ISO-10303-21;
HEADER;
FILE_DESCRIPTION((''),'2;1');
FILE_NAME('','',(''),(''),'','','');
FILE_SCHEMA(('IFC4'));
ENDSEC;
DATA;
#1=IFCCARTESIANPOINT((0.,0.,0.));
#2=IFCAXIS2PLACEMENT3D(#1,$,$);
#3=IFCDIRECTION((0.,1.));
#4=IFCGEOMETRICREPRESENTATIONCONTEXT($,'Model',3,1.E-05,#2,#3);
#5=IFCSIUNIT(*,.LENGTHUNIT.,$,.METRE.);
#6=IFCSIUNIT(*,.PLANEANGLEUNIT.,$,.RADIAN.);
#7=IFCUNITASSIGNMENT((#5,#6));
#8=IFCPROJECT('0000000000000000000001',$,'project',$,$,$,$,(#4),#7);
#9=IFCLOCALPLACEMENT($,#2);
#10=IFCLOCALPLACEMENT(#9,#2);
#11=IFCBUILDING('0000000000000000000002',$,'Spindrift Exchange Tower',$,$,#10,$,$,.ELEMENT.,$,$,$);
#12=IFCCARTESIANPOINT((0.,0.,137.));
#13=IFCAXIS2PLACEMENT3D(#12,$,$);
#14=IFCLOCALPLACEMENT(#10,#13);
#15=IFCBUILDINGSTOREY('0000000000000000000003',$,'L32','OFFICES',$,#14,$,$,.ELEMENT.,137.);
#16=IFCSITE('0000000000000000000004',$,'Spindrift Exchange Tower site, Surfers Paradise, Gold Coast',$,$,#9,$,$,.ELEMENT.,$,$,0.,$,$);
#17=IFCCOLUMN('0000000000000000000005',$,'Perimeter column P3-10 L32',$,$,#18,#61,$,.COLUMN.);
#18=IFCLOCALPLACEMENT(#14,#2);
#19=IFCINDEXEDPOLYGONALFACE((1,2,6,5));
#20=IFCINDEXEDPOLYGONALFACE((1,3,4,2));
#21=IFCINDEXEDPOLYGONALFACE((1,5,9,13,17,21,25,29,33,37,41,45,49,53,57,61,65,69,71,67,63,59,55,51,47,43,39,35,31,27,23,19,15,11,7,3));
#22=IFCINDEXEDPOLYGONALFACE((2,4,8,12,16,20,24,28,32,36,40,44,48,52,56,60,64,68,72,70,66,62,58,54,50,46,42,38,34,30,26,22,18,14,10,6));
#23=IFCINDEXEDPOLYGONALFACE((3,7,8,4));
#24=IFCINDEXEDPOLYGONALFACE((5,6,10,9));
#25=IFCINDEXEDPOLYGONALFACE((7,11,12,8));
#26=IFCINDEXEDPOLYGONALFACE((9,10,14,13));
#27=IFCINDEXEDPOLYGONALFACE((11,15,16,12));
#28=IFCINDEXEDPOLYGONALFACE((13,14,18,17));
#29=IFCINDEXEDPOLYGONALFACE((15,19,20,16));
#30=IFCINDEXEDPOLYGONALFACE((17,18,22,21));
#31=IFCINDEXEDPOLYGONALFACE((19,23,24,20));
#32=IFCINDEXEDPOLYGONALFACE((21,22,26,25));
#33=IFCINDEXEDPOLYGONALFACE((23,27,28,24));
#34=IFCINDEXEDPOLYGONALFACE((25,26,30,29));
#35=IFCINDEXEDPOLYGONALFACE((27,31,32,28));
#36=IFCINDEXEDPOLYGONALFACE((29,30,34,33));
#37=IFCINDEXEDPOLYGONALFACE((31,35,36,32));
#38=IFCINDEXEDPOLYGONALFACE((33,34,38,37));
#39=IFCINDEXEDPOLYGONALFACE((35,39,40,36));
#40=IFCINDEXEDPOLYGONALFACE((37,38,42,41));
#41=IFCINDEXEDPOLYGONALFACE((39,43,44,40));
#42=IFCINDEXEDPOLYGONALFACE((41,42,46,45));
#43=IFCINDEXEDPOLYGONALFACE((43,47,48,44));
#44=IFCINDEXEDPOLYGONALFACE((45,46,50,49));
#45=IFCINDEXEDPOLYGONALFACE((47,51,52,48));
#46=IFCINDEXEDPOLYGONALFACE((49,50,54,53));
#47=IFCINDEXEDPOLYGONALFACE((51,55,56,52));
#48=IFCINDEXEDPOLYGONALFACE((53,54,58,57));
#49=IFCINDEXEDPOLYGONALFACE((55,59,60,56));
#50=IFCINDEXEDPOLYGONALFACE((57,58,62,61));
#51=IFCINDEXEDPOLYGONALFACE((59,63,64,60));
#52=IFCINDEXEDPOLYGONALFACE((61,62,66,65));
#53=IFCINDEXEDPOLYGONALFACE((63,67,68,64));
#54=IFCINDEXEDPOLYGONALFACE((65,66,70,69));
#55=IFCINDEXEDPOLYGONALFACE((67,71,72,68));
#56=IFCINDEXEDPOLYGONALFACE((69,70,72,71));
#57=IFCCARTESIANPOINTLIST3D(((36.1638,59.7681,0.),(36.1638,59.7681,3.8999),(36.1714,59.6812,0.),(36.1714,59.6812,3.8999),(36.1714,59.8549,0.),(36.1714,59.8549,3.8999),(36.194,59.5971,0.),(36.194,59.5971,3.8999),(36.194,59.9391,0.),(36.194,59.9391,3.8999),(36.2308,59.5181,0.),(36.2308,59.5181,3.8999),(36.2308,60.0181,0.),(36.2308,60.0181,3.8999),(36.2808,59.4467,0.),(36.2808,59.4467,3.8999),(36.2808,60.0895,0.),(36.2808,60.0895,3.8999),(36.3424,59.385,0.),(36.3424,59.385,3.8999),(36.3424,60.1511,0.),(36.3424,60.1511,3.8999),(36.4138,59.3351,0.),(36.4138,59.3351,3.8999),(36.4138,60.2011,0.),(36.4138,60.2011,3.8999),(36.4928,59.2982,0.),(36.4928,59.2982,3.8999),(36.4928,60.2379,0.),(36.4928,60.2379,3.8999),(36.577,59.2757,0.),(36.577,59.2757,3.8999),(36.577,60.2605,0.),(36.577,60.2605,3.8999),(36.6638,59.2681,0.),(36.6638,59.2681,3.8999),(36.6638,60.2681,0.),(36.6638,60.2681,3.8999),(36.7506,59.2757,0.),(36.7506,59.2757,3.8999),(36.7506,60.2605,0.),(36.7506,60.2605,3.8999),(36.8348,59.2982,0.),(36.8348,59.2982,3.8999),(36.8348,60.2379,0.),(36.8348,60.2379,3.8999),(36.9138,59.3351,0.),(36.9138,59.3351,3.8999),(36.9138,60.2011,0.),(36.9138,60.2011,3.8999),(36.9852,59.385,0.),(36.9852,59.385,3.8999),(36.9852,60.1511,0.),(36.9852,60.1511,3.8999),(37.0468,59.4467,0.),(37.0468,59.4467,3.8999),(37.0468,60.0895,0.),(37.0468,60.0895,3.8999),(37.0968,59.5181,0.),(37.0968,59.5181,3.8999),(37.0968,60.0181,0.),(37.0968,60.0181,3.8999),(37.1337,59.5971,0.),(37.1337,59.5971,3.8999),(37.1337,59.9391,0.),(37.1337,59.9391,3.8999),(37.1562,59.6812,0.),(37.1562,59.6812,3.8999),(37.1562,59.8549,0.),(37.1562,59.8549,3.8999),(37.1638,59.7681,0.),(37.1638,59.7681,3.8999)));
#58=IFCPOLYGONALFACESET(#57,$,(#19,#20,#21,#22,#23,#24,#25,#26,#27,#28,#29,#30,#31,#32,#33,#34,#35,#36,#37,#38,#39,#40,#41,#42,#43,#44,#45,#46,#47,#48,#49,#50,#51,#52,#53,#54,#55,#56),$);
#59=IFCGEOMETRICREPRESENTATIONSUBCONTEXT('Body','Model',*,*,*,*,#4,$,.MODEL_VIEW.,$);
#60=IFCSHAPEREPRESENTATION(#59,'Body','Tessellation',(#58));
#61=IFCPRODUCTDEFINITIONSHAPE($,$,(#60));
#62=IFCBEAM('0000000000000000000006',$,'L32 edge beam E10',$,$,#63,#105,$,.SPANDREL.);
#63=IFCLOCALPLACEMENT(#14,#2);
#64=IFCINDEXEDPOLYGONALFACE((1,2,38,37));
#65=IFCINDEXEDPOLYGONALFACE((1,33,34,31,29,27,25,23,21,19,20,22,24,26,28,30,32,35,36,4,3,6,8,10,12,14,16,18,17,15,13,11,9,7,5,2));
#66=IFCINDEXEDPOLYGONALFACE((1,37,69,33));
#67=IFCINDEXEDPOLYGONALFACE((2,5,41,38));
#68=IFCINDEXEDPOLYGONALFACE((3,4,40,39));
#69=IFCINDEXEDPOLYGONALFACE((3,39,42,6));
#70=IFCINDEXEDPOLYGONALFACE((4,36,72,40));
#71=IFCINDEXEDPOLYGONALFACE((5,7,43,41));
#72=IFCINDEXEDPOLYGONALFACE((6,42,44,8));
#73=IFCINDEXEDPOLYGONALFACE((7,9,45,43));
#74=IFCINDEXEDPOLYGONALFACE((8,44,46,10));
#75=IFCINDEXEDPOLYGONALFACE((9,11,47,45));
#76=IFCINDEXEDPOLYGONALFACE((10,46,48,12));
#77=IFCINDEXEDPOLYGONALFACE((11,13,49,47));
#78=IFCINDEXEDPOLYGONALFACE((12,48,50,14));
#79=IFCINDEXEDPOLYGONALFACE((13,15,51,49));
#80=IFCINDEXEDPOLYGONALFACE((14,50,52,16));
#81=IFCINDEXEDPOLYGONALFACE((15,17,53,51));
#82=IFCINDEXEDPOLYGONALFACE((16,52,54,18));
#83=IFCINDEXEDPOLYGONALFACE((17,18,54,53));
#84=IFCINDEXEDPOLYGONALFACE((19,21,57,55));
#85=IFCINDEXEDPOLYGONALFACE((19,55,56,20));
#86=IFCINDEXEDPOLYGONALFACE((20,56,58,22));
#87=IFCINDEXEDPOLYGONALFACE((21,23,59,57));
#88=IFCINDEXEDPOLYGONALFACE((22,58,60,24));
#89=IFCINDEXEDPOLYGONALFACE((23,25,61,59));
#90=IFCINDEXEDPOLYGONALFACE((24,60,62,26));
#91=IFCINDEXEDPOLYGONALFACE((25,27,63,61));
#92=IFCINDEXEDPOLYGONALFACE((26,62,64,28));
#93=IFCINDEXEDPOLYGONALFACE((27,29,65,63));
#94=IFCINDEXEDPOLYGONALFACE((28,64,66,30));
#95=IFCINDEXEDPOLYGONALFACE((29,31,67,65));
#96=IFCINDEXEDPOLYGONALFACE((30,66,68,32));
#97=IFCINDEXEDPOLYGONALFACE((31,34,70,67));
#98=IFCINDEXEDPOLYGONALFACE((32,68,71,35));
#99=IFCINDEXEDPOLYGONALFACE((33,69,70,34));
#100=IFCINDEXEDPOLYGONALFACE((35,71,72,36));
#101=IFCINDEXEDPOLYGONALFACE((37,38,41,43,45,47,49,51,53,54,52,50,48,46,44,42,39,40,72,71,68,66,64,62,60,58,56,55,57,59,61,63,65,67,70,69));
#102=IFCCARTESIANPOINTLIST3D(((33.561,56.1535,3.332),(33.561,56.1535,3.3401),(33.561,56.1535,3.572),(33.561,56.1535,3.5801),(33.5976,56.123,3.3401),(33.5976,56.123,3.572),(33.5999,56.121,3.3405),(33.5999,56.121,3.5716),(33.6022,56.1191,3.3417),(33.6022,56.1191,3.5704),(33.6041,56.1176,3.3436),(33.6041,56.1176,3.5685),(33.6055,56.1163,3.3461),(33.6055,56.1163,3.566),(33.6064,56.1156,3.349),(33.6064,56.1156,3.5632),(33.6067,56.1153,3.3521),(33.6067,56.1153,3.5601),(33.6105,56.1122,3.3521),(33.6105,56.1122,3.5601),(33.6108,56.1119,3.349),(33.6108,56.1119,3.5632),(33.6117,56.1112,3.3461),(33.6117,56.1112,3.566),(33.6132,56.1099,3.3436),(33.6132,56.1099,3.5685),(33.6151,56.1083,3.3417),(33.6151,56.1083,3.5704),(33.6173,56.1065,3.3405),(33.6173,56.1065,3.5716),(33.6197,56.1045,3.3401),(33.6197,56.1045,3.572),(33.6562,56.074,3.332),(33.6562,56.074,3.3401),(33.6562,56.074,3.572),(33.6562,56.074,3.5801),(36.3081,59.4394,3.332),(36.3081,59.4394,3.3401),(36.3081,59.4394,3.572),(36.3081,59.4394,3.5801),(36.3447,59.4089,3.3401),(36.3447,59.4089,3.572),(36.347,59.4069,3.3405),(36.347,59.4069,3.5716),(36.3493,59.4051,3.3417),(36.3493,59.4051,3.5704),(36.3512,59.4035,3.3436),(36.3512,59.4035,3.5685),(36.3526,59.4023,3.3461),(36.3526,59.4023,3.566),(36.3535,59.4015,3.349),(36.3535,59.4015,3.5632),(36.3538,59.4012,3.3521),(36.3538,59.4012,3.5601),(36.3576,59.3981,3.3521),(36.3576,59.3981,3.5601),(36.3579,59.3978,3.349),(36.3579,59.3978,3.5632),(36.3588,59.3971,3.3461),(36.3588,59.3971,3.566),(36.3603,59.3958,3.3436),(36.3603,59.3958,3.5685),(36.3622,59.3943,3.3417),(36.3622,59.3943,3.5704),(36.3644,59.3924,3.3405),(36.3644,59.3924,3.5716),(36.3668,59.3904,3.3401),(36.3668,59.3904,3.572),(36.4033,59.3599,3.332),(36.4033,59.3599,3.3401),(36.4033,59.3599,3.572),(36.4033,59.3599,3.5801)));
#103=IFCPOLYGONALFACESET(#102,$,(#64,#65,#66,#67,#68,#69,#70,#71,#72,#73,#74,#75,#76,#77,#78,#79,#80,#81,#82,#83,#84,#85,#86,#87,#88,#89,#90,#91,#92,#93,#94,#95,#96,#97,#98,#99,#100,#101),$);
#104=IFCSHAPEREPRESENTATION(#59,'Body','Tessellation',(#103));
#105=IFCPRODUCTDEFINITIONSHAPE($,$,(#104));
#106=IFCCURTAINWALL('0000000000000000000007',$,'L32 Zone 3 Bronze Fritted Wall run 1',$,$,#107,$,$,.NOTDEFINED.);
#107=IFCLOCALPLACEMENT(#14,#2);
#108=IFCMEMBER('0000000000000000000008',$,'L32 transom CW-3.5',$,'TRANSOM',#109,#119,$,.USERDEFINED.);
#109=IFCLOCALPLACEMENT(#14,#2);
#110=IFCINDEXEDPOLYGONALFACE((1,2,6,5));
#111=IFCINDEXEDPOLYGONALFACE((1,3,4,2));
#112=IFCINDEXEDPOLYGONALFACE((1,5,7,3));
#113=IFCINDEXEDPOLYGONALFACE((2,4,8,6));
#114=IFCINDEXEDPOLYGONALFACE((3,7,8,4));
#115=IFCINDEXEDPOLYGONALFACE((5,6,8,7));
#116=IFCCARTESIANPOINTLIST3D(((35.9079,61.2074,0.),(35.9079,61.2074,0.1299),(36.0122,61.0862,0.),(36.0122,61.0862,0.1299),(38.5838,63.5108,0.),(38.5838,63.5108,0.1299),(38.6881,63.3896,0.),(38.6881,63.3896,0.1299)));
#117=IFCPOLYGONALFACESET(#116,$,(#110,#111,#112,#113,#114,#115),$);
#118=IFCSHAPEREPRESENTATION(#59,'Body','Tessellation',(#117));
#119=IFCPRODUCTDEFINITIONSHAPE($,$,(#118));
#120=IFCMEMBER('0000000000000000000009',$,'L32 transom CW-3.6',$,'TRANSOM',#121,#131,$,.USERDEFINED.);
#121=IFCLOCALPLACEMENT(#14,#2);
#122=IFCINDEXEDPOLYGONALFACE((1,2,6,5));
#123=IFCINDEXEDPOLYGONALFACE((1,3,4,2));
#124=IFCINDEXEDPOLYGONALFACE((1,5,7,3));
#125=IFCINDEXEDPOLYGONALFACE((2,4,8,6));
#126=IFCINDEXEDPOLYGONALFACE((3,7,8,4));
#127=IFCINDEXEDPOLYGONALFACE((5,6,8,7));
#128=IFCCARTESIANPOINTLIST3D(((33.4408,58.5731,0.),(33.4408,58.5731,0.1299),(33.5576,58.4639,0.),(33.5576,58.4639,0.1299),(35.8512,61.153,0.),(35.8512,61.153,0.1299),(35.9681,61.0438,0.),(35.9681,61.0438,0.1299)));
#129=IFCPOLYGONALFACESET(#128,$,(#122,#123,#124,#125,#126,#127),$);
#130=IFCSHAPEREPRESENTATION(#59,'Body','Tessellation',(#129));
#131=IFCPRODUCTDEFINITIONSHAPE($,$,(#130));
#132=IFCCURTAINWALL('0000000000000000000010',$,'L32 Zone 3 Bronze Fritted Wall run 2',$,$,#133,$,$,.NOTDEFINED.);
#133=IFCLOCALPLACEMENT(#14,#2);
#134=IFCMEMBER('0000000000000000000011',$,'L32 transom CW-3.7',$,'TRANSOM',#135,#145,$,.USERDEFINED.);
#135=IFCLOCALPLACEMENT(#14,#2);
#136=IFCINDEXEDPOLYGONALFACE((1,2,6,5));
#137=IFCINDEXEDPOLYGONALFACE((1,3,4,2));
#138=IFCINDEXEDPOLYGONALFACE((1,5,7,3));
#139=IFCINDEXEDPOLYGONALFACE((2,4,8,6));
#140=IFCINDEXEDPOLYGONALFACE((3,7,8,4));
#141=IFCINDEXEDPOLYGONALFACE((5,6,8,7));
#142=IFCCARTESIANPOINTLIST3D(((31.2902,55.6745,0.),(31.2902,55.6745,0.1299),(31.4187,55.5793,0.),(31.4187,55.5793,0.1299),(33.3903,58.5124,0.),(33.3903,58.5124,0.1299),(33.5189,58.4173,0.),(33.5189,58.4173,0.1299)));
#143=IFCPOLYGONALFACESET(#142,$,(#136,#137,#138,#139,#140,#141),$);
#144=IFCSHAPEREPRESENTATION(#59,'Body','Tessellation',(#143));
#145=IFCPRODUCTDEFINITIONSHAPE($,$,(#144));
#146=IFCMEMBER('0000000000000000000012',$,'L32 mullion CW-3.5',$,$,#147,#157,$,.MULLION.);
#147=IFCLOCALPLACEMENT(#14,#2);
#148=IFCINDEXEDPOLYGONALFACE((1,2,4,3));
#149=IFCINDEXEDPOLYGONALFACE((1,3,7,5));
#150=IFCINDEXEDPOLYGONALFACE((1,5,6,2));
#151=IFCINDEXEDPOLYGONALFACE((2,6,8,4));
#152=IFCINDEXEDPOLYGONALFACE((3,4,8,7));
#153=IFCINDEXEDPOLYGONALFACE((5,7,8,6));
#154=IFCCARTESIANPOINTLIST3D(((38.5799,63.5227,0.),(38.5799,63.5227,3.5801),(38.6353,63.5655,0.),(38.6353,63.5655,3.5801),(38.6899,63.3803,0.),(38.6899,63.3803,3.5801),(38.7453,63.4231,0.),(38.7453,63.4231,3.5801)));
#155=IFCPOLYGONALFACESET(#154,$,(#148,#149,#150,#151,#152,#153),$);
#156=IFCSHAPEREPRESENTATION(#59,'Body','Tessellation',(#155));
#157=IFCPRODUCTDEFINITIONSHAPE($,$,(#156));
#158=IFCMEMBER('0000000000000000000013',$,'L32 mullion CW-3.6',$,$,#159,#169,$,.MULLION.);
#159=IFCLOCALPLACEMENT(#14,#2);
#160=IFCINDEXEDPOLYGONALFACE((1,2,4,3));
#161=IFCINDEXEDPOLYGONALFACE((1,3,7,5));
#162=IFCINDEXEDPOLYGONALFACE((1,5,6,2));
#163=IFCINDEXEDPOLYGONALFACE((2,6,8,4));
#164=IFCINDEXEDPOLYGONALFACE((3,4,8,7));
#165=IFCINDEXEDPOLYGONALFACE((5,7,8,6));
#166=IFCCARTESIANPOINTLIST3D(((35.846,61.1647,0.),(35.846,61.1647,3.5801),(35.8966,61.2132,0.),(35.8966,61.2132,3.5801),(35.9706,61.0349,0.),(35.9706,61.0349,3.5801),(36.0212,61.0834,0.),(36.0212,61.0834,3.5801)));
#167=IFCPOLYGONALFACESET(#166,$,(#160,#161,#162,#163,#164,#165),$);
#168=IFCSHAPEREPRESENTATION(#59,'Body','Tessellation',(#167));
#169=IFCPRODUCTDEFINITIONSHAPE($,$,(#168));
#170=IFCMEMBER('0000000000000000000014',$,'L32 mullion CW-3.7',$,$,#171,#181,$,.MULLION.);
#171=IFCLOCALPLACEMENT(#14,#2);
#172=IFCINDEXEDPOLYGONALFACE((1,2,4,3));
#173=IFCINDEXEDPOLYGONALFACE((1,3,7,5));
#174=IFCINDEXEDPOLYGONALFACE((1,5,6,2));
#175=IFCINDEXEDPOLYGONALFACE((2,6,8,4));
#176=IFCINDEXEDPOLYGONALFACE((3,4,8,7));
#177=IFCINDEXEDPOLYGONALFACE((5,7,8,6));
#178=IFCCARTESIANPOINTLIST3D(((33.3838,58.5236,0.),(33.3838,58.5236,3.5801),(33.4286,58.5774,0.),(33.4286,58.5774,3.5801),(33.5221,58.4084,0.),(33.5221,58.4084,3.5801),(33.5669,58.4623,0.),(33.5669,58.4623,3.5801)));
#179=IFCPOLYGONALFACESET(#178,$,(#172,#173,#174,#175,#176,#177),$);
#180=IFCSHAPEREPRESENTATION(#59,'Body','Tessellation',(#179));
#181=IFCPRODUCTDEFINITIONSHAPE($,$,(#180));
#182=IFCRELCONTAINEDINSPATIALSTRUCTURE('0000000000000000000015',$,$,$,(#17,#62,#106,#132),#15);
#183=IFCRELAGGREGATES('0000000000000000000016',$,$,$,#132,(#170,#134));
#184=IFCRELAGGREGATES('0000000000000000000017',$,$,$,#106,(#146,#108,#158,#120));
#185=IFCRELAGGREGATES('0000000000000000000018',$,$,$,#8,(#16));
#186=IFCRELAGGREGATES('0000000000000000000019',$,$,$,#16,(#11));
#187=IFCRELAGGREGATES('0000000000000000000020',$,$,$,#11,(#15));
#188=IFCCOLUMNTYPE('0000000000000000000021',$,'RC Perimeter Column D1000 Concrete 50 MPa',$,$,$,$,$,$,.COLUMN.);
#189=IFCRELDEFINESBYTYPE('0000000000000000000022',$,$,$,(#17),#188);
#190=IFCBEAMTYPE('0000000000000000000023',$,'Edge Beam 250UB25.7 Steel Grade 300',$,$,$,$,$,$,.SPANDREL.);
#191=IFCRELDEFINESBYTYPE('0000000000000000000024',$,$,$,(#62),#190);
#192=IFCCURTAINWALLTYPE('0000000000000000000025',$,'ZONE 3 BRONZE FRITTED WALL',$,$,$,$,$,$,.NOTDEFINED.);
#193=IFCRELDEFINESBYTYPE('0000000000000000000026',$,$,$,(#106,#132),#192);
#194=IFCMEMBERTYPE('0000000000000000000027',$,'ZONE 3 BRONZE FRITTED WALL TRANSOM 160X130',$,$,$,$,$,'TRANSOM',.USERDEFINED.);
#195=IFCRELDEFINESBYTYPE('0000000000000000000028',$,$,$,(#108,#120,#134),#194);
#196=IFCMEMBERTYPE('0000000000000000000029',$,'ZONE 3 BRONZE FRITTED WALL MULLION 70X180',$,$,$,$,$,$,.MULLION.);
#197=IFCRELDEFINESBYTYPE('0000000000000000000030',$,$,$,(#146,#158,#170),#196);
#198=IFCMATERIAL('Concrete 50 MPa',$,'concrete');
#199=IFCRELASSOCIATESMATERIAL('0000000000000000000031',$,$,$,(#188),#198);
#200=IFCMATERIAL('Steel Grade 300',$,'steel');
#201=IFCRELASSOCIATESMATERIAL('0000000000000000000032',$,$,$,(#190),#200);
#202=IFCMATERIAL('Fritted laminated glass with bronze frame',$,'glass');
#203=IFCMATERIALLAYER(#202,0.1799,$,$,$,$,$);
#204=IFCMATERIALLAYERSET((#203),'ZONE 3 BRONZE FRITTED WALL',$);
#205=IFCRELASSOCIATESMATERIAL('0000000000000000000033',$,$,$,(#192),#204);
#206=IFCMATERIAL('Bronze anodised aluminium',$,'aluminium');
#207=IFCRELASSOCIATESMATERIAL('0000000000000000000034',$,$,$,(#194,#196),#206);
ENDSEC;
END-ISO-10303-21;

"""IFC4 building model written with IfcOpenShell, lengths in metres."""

from ifc_helpers import new_model, si_unit, direction, frame, origin, origin_2d, place, context, subcontext, project, spatial, rectangle, circle, i_section, extrude, source, transform, mapped, material, layer, layer_set, material_profile, profile_set, type_object, element, aggregate, save


model = new_model("IFC4")

# Units and contexts
model_context = context("Model", 3, precision=1e-05, world=origin(), true_north=direction((0.0, 1.0)))
body_context = subcontext(model_context, "Body", "Model", "MODEL_VIEW")
ifc_project = project(units=[si_unit("LENGTHUNIT", "METRE"), si_unit("PLANEANGLEUNIT", "RADIAN")], contexts=[model_context])

# Site, building, storey
site_placement = place(None, origin())
site = spatial("IfcSite", under=ifc_project, at=site_placement, Name="Spindrift Exchange Tower site, Surfers Paradise, Gold Coast", CompositionType="ELEMENT", RefElevation=0.0)
building_placement = place(site_placement, origin())
building = spatial("IfcBuilding", under=site, at=building_placement, Name="Spindrift Exchange Tower", CompositionType="ELEMENT")
storey_placement = place(building_placement, frame((0.0, 0.0, 137.0)))
storey = spatial("IfcBuildingStorey", under=building, at=storey_placement, Name="L32", Description="OFFICES", CompositionType="ELEMENT", Elevation=137.0)

# Column
ifc_material_1 = material(Name="Concrete 50 MPa", Category="concrete")
ifc_material_profile_1 = material_profile(ifc_material_1, circle(Radius=0.5, at=origin_2d()), Name="RC D1000")
ifc_profile_set_1 = profile_set([ifc_material_profile_1], Name="Concrete 50 MPa")
column_type = type_object("IfcColumnType", Name="RC Perimeter Column D1000 Concrete 50 MPa", PredefinedType="COLUMN", material=ifc_profile_set_1)
shared_shape_1 = source(origin(), body_context, "Body", "SweptSolid", [
    extrude(circle(Radius=0.5, at=origin_2d()), origin(), (0.0, 0.0, 1.0), 3.8999),
])
column_placement = place(storey_placement, frame((36.6638, 59.7681, 0.0), z_axis=(0.0, 0.0, 1.0), x_axis=(1.0, 0.0, 0.0)))
element("IfcColumn", 1, at=column_placement, inside=storey, type_object=column_type, Name="Perimeter column P3-10 L32", PredefinedType="COLUMN", context=body_context, shape_type="MappedRepresentation", body=[
    mapped(shared_shape_1, transform((0.0, 0.0, 0.0), scale=1.0)),
])

# Beam
ifc_material_2 = material(Name="Steel Grade 300", Category="steel")
ifc_material_profile_2 = material_profile(ifc_material_2, i_section(OverallWidth=0.124, OverallDepth=0.248, WebThickness=0.0049, FlangeThickness=0.0081, FilletRadius=0.012, at=origin_2d()), Name="250UB25.7")
ifc_profile_set_2 = profile_set([ifc_material_profile_2], Name="Steel Grade 300")
beam_type = type_object("IfcBeamType", Name="Edge Beam 250UB25.7 Steel Grade 300", PredefinedType="SPANDREL", material=ifc_profile_set_2)
shared_shape_2 = source(origin(), body_context, "Body", "SweptSolid", [
    extrude(i_section(OverallWidth=0.124, OverallDepth=0.248, WebThickness=0.0049, FlangeThickness=0.0081, FilletRadius=0.012, at=origin_2d()), origin(), (0.0, 0.0, 1.0), 4.283),
])
beam_placement = place(storey_placement, frame((36.3557, 59.3997, 3.4561), z_axis=(-0.6414, -0.767206, 0.0), x_axis=(0.767206, -0.6414, 0.0)))
element("IfcBeam", 2, at=beam_placement, inside=storey, type_object=beam_type, Name="L32 edge beam E10", PredefinedType="SPANDREL", context=body_context, shape_type="MappedRepresentation", body=[
    mapped(shared_shape_2, transform((0.0, 0.0, 0.0), scale=1.0)),
])

# Curtain wall, members
ifc_material_3 = material(Name="Fritted laminated glass with bronze frame", Category="glass")
ifc_layer_1 = layer(ifc_material_3, 0.1799)
ifc_layer_set_1 = layer_set([ifc_layer_1], Name="ZONE 3 BRONZE FRITTED WALL")
curtain_wall_type = type_object("IfcCurtainWallType", Name="ZONE 3 BRONZE FRITTED WALL", PredefinedType="NOTDEFINED", material=ifc_layer_set_1)
curtain_wall_1_placement = place(storey_placement, origin())
curtain_wall_1 = element("IfcCurtainWall", 3, at=curtain_wall_1_placement, inside=storey, type_object=curtain_wall_type, Name="L32 Zone 3 Bronze Fritted Wall run 1", PredefinedType="NOTDEFINED")
ifc_material_4 = material(Name="Bronze anodised aluminium", Category="aluminium")
ifc_material_profile_3 = material_profile(ifc_material_4, rectangle(XDim=0.1599, YDim=0.1299, at=origin_2d()), Name="ZONE 3 BRONZE FRITTED WALL TRANSOM 160X130")
ifc_profile_set_3 = profile_set([ifc_material_profile_3], Name="Bronze anodised aluminium")
member_type_1 = type_object("IfcMemberType", Name="ZONE 3 BRONZE FRITTED WALL TRANSOM 160X130", ElementType="TRANSOM", PredefinedType="USERDEFINED", material=ifc_profile_set_3)
shared_shape_3 = source(origin(), body_context, "Body", "SweptSolid", [
    extrude(rectangle(XDim=0.1599, YDim=0.1299, at=origin_2d()), origin(), (0.0, 0.0, 1.0), 3.5308),
])
member_1_placement = place(storey_placement, frame((38.636, 63.4502, 0.0649), z_axis=(-0.757893, -0.652379, 0.0), x_axis=(0.652379, -0.757893, 0.0)))
member_1 = element("IfcMember", 4, at=member_1_placement, type_object=member_type_1, Name="L32 transom CW-3.5", ObjectType="TRANSOM", PredefinedType="USERDEFINED", context=body_context, shape_type="MappedRepresentation", body=[
    mapped(shared_shape_3, transform((0.0, 0.0, 0.0), scale=1.0)),
])
member_2_placement = place(storey_placement, frame((35.9097, 61.0984, 0.0649), z_axis=(-0.682705, -0.730694, 0.0), x_axis=(0.730694, -0.682705, 0.0)))
member_2 = element("IfcMember", 5, at=member_2_placement, type_object=member_type_1, Name="L32 transom CW-3.6", ObjectType="TRANSOM", PredefinedType="USERDEFINED", context=body_context, shape_type="MappedRepresentation", body=[
    mapped(shared_shape_3, transform((0.0, 0.0, 0.0), scale=1.0)),
])

# Curtain wall, member
curtain_wall_2_placement = place(storey_placement, origin())
curtain_wall_2 = element("IfcCurtainWall", 6, at=curtain_wall_2_placement, inside=storey, type_object=curtain_wall_type, Name="L32 Zone 3 Bronze Fritted Wall run 2", PredefinedType="NOTDEFINED")
shared_shape_4 = source(origin(), body_context, "Body", "SweptSolid", [
    extrude(rectangle(XDim=0.1599, YDim=0.1299, at=origin_2d()), origin(), (0.0, 0.0, 1.0), 3.5305),
])
member_3_placement = place(storey_placement, frame((33.4546, 58.4648, 0.0649), z_axis=(-0.594854, -0.803834, 0.0), x_axis=(0.803834, -0.594854, 0.0)))
member_3 = element("IfcMember", 7, at=member_3_placement, type_object=member_type_1, Name="L32 transom CW-3.7", ObjectType="TRANSOM", PredefinedType="USERDEFINED", context=body_context, shape_type="MappedRepresentation", body=[
    mapped(shared_shape_4, transform((0.0, 0.0, 0.0), scale=1.0)),
])

# Members
ifc_material_profile_4 = material_profile(ifc_material_4, rectangle(XDim=0.0701, YDim=0.1799, at=origin_2d()), Name="ZONE 3 BRONZE FRITTED WALL MULLION 70X180")
ifc_profile_set_4 = profile_set([ifc_material_profile_4], Name="Bronze anodised aluminium")
member_type_2 = type_object("IfcMemberType", Name="ZONE 3 BRONZE FRITTED WALL MULLION 70X180", PredefinedType="MULLION", material=ifc_profile_set_4)
shared_shape_5 = source(origin(), body_context, "Body", "SweptSolid", [
    extrude(rectangle(XDim=0.0701, YDim=0.1799, at=origin_2d()), origin(), (0.0, 0.0, 1.0), 3.5801),
])
member_4_placement = place(storey_placement, frame((38.6626, 63.4729, 0.0), z_axis=(0.0, 0.0, 1.0), x_axis=(-0.791281, -0.611452, 0.0)))
member_4 = element("IfcMember", 8, at=member_4_placement, type_object=member_type_2, Name="L32 mullion CW-3.5", PredefinedType="MULLION", context=body_context, shape_type="MappedRepresentation", body=[
    mapped(shared_shape_5, transform((0.0, 0.0, 0.0), scale=1.0)),
])
member_5_placement = place(storey_placement, frame((35.9336, 61.124, 0.0), z_axis=(0.0, 0.0, 1.0), x_axis=(-0.721367, -0.692553, 0.0)))
member_5 = element("IfcMember", 9, at=member_5_placement, type_object=member_type_2, Name="L32 mullion CW-3.6", PredefinedType="MULLION", context=body_context, shape_type="MappedRepresentation", body=[
    mapped(shared_shape_5, transform((0.0, 0.0, 0.0), scale=1.0)),
])
member_6_placement = place(storey_placement, frame((33.4753, 58.4929, 0.0), z_axis=(0.0, 0.0, 1.0), x_axis=(-0.639818, -0.768526, 0.0)))
member_6 = element("IfcMember", 10, at=member_6_placement, type_object=member_type_2, Name="L32 mullion CW-3.7", PredefinedType="MULLION", context=body_context, shape_type="MappedRepresentation", body=[
    mapped(shared_shape_5, transform((0.0, 0.0, 0.0), scale=1.0)),
])
aggregate(curtain_wall_2, [member_6, member_3])

aggregate(curtain_wall_1, [member_4, member_1, member_5, member_2])

save(model, "model.ifc")
